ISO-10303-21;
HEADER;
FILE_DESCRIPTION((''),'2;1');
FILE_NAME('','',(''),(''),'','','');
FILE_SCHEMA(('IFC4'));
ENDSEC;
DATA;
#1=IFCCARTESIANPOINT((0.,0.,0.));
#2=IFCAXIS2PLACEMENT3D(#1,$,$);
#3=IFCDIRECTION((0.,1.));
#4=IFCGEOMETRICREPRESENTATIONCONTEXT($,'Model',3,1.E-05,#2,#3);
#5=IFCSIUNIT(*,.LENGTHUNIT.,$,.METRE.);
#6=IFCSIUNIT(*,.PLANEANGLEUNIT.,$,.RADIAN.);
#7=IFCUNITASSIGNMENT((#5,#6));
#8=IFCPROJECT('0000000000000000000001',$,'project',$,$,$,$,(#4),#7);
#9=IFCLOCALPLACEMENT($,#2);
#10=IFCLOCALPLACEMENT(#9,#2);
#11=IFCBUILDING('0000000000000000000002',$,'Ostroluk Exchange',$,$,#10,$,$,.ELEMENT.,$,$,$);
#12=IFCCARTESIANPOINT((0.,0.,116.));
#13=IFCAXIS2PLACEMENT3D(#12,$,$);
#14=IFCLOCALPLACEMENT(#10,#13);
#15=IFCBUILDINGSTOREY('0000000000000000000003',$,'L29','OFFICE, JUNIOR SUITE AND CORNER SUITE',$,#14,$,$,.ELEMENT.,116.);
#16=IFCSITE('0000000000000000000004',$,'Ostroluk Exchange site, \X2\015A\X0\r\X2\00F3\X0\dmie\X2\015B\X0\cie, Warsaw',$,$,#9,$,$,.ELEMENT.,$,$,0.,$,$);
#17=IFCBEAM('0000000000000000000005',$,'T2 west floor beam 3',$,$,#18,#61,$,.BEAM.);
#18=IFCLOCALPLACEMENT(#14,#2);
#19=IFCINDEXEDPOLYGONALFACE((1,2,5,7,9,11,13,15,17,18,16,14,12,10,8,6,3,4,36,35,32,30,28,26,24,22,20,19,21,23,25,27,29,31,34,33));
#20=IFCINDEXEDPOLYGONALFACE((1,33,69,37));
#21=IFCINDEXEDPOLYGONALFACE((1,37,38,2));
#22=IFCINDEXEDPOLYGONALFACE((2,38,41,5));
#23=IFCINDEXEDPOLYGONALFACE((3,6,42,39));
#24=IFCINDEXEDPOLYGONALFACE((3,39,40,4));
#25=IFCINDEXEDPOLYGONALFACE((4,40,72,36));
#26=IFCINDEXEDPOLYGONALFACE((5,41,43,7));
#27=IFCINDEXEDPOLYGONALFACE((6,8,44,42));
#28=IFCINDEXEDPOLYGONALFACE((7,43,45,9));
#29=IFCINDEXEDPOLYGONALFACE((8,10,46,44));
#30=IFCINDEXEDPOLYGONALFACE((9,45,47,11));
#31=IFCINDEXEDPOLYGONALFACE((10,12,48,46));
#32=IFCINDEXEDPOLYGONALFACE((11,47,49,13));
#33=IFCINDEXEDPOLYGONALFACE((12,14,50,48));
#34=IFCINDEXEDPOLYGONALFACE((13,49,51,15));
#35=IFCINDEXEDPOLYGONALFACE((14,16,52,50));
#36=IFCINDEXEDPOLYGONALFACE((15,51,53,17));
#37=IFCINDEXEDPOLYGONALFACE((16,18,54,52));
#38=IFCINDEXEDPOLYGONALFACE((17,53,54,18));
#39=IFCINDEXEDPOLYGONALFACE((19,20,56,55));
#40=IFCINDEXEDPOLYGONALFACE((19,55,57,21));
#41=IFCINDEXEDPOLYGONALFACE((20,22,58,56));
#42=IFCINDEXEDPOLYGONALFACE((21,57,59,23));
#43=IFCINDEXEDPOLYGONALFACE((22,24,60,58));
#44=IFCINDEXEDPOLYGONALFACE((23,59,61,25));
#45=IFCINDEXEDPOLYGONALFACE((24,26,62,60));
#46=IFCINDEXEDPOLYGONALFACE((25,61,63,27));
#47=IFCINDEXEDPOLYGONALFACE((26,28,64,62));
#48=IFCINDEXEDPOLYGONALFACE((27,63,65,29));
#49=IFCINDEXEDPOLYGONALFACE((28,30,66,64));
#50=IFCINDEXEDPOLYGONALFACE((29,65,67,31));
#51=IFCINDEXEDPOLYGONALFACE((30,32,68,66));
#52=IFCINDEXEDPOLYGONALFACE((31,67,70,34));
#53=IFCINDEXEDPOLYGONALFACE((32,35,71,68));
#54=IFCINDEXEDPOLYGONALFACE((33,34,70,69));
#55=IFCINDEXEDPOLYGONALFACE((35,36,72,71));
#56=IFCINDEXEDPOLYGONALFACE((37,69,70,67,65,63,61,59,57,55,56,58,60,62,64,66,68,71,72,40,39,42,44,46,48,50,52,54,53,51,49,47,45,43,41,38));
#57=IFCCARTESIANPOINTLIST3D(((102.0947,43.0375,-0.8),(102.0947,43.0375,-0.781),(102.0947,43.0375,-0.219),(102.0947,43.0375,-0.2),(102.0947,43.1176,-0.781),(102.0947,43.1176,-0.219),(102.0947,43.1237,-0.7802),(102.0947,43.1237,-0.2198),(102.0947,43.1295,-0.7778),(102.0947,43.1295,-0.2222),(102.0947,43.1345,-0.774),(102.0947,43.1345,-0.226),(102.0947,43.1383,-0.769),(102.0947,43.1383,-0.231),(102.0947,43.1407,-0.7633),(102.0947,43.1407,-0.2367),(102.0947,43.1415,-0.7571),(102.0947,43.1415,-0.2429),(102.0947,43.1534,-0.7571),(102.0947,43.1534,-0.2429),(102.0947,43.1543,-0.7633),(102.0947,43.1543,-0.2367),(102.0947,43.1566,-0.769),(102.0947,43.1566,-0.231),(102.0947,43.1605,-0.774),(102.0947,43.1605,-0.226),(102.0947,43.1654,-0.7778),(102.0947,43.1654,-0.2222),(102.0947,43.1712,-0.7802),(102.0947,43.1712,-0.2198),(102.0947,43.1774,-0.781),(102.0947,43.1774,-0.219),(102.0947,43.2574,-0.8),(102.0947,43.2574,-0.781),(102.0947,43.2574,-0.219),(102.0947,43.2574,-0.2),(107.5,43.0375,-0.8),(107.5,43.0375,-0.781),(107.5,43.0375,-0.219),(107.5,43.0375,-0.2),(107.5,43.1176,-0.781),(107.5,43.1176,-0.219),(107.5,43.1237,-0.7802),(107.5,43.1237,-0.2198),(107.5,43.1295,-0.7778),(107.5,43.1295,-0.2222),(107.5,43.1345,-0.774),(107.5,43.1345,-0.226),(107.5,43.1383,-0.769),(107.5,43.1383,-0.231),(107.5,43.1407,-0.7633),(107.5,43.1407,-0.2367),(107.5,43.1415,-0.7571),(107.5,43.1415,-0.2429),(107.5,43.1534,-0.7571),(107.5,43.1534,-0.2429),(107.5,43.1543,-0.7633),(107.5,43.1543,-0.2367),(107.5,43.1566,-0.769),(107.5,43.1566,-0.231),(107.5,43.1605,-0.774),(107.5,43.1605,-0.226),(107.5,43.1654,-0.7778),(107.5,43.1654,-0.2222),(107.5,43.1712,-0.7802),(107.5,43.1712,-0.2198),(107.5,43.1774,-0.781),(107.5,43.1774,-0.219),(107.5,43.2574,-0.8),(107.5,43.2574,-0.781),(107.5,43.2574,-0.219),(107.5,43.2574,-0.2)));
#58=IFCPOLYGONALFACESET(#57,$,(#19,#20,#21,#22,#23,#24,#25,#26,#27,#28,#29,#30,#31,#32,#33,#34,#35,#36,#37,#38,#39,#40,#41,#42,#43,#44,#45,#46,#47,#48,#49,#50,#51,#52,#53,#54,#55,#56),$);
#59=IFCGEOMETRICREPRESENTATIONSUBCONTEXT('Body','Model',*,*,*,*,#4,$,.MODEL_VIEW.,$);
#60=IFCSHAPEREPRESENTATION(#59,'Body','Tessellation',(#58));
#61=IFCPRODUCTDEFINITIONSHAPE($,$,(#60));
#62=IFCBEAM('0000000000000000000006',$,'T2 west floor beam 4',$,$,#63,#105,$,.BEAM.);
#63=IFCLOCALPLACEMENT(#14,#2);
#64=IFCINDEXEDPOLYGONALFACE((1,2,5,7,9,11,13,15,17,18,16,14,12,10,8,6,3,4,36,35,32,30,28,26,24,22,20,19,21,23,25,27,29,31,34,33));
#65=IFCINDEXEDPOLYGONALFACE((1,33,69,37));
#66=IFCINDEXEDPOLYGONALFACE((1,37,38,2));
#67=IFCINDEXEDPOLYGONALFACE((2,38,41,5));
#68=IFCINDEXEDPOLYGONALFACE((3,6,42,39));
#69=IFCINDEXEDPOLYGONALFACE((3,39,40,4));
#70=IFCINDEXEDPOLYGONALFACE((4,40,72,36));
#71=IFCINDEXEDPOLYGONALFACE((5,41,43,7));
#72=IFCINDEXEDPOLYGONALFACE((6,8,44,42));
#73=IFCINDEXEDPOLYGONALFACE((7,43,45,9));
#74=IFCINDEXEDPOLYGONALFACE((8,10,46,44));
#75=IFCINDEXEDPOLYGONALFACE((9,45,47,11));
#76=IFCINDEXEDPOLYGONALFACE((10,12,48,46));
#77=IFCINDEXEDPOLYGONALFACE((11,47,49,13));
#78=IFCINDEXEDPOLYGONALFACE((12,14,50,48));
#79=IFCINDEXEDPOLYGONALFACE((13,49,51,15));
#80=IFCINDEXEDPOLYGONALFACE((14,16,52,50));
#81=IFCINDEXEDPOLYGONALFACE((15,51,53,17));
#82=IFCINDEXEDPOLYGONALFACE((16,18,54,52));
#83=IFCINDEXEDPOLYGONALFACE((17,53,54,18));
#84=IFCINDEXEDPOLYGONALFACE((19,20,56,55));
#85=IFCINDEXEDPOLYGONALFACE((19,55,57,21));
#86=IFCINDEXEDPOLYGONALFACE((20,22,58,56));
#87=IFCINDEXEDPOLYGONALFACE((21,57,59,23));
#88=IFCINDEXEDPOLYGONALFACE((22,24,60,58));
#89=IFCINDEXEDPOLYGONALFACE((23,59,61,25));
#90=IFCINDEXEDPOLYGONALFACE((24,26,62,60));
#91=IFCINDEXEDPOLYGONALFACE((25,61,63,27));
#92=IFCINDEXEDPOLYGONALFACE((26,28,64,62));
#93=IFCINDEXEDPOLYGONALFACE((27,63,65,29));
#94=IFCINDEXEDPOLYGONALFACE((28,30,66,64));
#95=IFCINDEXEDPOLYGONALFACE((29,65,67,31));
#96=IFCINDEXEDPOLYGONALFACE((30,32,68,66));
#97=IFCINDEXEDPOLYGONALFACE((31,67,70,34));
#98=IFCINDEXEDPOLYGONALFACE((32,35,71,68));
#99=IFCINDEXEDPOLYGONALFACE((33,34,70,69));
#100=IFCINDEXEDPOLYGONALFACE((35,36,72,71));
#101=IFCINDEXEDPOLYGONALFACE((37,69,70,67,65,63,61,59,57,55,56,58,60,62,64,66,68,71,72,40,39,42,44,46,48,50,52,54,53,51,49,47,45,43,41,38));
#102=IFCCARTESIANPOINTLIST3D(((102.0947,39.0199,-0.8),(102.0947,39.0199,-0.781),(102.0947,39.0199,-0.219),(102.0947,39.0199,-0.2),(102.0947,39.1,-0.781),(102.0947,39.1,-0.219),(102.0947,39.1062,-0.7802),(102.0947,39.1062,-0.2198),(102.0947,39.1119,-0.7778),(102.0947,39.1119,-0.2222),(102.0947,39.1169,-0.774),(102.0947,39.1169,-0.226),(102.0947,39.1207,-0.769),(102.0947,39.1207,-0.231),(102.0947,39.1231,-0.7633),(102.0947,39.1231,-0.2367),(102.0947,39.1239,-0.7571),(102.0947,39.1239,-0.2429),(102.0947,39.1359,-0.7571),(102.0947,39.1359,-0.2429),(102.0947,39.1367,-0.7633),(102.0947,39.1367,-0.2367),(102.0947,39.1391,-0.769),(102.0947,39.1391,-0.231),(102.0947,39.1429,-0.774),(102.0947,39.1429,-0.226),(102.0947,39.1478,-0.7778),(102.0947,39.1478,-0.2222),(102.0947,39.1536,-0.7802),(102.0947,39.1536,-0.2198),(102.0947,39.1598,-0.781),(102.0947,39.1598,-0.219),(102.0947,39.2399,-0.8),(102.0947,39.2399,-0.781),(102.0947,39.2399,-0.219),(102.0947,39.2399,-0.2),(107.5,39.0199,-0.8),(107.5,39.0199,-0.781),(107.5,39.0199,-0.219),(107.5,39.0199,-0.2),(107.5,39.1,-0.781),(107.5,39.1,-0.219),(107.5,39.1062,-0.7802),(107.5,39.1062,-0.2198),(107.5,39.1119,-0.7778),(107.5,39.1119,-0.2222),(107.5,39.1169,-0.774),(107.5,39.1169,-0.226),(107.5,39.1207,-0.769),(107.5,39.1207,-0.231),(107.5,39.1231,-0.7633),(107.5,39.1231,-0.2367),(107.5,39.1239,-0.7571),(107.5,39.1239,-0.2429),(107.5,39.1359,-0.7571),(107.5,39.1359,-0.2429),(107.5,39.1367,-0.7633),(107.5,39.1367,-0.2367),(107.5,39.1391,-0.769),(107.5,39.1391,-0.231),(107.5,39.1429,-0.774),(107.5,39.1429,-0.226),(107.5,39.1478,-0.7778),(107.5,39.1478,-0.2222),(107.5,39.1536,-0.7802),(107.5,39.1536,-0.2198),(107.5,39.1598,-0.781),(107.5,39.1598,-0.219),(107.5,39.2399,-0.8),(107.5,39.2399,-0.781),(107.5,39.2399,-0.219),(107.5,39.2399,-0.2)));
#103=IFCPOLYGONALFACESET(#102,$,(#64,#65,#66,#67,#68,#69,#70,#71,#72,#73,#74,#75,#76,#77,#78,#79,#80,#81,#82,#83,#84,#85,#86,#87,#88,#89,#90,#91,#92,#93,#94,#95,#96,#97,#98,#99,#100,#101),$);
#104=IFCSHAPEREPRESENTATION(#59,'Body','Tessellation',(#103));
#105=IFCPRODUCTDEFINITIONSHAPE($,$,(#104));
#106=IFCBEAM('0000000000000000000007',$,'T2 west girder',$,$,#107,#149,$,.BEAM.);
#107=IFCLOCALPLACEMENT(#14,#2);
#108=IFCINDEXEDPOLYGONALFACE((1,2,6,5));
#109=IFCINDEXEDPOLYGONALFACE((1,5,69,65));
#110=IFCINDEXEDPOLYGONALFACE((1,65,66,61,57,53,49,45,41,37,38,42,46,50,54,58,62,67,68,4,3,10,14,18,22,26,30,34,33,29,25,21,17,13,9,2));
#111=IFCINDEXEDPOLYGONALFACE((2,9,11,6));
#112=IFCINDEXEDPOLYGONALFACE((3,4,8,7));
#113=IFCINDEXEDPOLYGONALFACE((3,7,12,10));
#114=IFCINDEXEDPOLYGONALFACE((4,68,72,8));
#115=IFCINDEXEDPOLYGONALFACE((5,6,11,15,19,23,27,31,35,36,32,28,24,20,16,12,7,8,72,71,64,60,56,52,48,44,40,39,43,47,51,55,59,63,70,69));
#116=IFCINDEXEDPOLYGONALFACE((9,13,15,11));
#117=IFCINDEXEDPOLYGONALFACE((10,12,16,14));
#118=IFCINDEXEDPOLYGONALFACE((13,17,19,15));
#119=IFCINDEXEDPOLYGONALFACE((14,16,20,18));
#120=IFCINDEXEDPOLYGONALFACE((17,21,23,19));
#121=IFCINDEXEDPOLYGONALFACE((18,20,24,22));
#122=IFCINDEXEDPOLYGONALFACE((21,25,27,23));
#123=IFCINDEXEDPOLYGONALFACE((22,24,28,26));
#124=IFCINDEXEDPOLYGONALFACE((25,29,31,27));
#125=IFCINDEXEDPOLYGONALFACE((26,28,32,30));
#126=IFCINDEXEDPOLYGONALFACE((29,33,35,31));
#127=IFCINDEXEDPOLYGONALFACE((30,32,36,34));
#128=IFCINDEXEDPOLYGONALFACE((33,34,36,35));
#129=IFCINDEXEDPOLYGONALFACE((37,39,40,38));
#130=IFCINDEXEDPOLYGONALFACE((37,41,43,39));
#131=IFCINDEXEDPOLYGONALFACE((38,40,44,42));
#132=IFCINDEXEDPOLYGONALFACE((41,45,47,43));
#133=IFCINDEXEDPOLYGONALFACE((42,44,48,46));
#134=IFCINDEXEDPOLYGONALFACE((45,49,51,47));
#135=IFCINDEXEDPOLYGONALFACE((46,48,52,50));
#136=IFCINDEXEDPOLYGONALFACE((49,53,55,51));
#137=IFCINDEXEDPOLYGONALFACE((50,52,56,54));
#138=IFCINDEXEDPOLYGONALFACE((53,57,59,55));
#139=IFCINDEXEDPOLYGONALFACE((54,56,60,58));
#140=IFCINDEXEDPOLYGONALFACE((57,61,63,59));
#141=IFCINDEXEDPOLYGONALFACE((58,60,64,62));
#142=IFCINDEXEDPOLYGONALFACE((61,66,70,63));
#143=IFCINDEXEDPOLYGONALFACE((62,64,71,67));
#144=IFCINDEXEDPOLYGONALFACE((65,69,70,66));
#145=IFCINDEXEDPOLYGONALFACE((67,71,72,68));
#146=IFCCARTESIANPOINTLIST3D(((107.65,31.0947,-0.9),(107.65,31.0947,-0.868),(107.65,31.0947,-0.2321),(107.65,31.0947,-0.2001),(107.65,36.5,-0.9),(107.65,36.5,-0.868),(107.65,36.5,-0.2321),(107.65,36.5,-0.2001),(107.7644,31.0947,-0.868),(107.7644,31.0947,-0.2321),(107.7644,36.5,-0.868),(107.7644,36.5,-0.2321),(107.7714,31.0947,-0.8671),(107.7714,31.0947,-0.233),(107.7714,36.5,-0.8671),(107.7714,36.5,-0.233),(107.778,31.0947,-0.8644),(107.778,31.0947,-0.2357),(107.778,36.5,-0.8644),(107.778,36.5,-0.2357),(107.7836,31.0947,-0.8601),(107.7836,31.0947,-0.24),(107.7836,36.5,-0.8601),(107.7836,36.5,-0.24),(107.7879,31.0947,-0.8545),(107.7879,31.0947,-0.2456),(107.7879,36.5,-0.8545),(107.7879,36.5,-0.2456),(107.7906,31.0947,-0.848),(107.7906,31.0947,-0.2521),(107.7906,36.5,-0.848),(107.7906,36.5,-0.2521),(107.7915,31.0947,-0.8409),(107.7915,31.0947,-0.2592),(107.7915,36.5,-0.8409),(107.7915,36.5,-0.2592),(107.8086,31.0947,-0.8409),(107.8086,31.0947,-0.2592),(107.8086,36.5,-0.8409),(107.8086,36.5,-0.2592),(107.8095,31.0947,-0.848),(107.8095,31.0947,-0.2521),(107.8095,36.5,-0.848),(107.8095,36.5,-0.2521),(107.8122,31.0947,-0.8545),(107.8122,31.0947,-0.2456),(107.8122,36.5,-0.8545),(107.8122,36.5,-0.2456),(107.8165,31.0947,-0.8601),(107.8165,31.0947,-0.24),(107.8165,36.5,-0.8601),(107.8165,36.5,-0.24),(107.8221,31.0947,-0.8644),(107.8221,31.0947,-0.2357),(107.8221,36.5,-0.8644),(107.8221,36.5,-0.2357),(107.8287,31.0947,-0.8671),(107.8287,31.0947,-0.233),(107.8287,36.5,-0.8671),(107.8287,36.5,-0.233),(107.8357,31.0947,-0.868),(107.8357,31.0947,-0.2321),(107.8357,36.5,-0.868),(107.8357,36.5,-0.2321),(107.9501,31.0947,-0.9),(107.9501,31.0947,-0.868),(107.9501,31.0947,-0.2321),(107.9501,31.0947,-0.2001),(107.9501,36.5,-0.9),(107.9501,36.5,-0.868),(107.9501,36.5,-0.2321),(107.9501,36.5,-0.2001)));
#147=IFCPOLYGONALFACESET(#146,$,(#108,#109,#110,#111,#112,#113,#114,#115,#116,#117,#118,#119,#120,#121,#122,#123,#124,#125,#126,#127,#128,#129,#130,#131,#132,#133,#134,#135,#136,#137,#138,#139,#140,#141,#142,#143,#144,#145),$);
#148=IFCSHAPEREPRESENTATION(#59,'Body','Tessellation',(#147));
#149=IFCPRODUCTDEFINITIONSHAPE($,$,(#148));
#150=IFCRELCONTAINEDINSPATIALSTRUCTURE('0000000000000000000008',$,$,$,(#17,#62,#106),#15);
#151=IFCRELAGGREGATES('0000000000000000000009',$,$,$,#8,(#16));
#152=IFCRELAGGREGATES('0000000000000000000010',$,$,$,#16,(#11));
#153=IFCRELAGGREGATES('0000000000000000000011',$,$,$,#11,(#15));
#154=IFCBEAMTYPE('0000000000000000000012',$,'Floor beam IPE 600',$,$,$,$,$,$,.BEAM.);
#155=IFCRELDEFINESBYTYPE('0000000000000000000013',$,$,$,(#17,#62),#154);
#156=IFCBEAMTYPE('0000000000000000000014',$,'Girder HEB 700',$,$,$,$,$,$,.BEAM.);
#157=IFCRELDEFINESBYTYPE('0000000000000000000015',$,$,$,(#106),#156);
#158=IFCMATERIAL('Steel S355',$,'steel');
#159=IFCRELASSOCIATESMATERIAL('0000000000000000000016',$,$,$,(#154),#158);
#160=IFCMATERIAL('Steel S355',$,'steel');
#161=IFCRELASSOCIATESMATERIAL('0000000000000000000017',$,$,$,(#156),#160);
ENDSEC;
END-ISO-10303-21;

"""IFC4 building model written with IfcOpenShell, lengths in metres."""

from ifc_helpers import new_model, si_unit, direction, frame, origin, origin_2d, place, context, subcontext, project, spatial, i_section, extrude, material, material_profile, profile_set, type_object, element, save


model = new_model("IFC4")

# Units and contexts
model_context = context("Model", 3, precision=1e-05, world=origin(), true_north=direction((0.0, 1.0)))
body_context = subcontext(model_context, "Body", "Model", "MODEL_VIEW")
ifc_project = project(units=[si_unit("LENGTHUNIT", "METRE"), si_unit("PLANEANGLEUNIT", "RADIAN")], contexts=[model_context])

# Site, building, storey
site_placement = place(None, origin())
site = spatial("IfcSite", under=ifc_project, at=site_placement, Name="Ostroluk Exchange site, Śródmieście, Warsaw", CompositionType="ELEMENT", RefElevation=0.0)
building_placement = place(site_placement, origin())
building = spatial("IfcBuilding", under=site, at=building_placement, Name="Ostroluk Exchange", CompositionType="ELEMENT")
storey_placement = place(building_placement, frame((0.0, 0.0, 116.0)))
storey = spatial("IfcBuildingStorey", under=building, at=storey_placement, Name="L29", Description="OFFICE, JUNIOR SUITE AND CORNER SUITE", CompositionType="ELEMENT", Elevation=116.0)

# Beams
ifc_material_1 = material(Name="Steel S355", Category="steel")
ifc_material_profile_1 = material_profile(ifc_material_1, i_section(OverallWidth=0.22, OverallDepth=0.6001, WebThickness=0.012, FlangeThickness=0.019, FilletRadius=0.0239, at=origin_2d()), Name="IPE 600")
ifc_profile_set_1 = profile_set([ifc_material_profile_1], Name="Steel S355")
beam_type_1 = type_object("IfcBeamType", Name="Floor beam IPE 600", PredefinedType="BEAM", material=ifc_profile_set_1)
for number, where, z_axis, x_axis, name in (
    (1, (107.5, 43.1475, -0.5), (-1.0, 0.0, 0.0), (0.0, -1.0, 0.0), "T2 west floor beam 3"),
    (2, (107.5, 39.1299, -0.5), (-1.0, 0.0, 0.0), (0.0, -1.0, 0.0), "T2 west floor beam 4"),
):
    element("IfcBeam", number, at=place(storey_placement, frame(where, z_axis=z_axis, x_axis=x_axis)), inside=storey, type_object=beam_type_1, Name=name, PredefinedType="BEAM", context=body_context, shape_type="SweptSolid", body=[
        extrude(i_section(OverallWidth=0.22, OverallDepth=0.6001, WebThickness=0.012, FlangeThickness=0.019, FilletRadius=0.0239, at=origin_2d()), origin(), (0.0, 0.0, 1.0), 5.4053),
    ])
ifc_material_2 = material(Name="Steel S355", Category="steel")
ifc_material_profile_2 = material_profile(ifc_material_2, i_section(OverallWidth=0.3, OverallDepth=0.7, WebThickness=0.0171, FlangeThickness=0.032, FilletRadius=0.0271, at=origin_2d()), Name="HEB 700")
ifc_profile_set_2 = profile_set([ifc_material_profile_2], Name="Steel S355")
beam_type_2 = type_object("IfcBeamType", Name="Girder HEB 700", PredefinedType="BEAM", material=ifc_profile_set_2)
beam_1_placement = place(storey_placement, frame((107.8, 36.5, -0.55), z_axis=(0.0, -1.0, 0.0), x_axis=(1.0, 0.0, 0.0)))
element("IfcBeam", 3, at=beam_1_placement, inside=storey, type_object=beam_type_2, Name="T2 west girder", PredefinedType="BEAM", context=body_context, shape_type="SweptSolid", body=[
    extrude(i_section(OverallWidth=0.3, OverallDepth=0.7, WebThickness=0.0171, FlangeThickness=0.032, FilletRadius=0.0271, at=origin_2d()), origin(), (0.0, 0.0, 1.0), 5.4053),
])

save(model, "model.ifc")
